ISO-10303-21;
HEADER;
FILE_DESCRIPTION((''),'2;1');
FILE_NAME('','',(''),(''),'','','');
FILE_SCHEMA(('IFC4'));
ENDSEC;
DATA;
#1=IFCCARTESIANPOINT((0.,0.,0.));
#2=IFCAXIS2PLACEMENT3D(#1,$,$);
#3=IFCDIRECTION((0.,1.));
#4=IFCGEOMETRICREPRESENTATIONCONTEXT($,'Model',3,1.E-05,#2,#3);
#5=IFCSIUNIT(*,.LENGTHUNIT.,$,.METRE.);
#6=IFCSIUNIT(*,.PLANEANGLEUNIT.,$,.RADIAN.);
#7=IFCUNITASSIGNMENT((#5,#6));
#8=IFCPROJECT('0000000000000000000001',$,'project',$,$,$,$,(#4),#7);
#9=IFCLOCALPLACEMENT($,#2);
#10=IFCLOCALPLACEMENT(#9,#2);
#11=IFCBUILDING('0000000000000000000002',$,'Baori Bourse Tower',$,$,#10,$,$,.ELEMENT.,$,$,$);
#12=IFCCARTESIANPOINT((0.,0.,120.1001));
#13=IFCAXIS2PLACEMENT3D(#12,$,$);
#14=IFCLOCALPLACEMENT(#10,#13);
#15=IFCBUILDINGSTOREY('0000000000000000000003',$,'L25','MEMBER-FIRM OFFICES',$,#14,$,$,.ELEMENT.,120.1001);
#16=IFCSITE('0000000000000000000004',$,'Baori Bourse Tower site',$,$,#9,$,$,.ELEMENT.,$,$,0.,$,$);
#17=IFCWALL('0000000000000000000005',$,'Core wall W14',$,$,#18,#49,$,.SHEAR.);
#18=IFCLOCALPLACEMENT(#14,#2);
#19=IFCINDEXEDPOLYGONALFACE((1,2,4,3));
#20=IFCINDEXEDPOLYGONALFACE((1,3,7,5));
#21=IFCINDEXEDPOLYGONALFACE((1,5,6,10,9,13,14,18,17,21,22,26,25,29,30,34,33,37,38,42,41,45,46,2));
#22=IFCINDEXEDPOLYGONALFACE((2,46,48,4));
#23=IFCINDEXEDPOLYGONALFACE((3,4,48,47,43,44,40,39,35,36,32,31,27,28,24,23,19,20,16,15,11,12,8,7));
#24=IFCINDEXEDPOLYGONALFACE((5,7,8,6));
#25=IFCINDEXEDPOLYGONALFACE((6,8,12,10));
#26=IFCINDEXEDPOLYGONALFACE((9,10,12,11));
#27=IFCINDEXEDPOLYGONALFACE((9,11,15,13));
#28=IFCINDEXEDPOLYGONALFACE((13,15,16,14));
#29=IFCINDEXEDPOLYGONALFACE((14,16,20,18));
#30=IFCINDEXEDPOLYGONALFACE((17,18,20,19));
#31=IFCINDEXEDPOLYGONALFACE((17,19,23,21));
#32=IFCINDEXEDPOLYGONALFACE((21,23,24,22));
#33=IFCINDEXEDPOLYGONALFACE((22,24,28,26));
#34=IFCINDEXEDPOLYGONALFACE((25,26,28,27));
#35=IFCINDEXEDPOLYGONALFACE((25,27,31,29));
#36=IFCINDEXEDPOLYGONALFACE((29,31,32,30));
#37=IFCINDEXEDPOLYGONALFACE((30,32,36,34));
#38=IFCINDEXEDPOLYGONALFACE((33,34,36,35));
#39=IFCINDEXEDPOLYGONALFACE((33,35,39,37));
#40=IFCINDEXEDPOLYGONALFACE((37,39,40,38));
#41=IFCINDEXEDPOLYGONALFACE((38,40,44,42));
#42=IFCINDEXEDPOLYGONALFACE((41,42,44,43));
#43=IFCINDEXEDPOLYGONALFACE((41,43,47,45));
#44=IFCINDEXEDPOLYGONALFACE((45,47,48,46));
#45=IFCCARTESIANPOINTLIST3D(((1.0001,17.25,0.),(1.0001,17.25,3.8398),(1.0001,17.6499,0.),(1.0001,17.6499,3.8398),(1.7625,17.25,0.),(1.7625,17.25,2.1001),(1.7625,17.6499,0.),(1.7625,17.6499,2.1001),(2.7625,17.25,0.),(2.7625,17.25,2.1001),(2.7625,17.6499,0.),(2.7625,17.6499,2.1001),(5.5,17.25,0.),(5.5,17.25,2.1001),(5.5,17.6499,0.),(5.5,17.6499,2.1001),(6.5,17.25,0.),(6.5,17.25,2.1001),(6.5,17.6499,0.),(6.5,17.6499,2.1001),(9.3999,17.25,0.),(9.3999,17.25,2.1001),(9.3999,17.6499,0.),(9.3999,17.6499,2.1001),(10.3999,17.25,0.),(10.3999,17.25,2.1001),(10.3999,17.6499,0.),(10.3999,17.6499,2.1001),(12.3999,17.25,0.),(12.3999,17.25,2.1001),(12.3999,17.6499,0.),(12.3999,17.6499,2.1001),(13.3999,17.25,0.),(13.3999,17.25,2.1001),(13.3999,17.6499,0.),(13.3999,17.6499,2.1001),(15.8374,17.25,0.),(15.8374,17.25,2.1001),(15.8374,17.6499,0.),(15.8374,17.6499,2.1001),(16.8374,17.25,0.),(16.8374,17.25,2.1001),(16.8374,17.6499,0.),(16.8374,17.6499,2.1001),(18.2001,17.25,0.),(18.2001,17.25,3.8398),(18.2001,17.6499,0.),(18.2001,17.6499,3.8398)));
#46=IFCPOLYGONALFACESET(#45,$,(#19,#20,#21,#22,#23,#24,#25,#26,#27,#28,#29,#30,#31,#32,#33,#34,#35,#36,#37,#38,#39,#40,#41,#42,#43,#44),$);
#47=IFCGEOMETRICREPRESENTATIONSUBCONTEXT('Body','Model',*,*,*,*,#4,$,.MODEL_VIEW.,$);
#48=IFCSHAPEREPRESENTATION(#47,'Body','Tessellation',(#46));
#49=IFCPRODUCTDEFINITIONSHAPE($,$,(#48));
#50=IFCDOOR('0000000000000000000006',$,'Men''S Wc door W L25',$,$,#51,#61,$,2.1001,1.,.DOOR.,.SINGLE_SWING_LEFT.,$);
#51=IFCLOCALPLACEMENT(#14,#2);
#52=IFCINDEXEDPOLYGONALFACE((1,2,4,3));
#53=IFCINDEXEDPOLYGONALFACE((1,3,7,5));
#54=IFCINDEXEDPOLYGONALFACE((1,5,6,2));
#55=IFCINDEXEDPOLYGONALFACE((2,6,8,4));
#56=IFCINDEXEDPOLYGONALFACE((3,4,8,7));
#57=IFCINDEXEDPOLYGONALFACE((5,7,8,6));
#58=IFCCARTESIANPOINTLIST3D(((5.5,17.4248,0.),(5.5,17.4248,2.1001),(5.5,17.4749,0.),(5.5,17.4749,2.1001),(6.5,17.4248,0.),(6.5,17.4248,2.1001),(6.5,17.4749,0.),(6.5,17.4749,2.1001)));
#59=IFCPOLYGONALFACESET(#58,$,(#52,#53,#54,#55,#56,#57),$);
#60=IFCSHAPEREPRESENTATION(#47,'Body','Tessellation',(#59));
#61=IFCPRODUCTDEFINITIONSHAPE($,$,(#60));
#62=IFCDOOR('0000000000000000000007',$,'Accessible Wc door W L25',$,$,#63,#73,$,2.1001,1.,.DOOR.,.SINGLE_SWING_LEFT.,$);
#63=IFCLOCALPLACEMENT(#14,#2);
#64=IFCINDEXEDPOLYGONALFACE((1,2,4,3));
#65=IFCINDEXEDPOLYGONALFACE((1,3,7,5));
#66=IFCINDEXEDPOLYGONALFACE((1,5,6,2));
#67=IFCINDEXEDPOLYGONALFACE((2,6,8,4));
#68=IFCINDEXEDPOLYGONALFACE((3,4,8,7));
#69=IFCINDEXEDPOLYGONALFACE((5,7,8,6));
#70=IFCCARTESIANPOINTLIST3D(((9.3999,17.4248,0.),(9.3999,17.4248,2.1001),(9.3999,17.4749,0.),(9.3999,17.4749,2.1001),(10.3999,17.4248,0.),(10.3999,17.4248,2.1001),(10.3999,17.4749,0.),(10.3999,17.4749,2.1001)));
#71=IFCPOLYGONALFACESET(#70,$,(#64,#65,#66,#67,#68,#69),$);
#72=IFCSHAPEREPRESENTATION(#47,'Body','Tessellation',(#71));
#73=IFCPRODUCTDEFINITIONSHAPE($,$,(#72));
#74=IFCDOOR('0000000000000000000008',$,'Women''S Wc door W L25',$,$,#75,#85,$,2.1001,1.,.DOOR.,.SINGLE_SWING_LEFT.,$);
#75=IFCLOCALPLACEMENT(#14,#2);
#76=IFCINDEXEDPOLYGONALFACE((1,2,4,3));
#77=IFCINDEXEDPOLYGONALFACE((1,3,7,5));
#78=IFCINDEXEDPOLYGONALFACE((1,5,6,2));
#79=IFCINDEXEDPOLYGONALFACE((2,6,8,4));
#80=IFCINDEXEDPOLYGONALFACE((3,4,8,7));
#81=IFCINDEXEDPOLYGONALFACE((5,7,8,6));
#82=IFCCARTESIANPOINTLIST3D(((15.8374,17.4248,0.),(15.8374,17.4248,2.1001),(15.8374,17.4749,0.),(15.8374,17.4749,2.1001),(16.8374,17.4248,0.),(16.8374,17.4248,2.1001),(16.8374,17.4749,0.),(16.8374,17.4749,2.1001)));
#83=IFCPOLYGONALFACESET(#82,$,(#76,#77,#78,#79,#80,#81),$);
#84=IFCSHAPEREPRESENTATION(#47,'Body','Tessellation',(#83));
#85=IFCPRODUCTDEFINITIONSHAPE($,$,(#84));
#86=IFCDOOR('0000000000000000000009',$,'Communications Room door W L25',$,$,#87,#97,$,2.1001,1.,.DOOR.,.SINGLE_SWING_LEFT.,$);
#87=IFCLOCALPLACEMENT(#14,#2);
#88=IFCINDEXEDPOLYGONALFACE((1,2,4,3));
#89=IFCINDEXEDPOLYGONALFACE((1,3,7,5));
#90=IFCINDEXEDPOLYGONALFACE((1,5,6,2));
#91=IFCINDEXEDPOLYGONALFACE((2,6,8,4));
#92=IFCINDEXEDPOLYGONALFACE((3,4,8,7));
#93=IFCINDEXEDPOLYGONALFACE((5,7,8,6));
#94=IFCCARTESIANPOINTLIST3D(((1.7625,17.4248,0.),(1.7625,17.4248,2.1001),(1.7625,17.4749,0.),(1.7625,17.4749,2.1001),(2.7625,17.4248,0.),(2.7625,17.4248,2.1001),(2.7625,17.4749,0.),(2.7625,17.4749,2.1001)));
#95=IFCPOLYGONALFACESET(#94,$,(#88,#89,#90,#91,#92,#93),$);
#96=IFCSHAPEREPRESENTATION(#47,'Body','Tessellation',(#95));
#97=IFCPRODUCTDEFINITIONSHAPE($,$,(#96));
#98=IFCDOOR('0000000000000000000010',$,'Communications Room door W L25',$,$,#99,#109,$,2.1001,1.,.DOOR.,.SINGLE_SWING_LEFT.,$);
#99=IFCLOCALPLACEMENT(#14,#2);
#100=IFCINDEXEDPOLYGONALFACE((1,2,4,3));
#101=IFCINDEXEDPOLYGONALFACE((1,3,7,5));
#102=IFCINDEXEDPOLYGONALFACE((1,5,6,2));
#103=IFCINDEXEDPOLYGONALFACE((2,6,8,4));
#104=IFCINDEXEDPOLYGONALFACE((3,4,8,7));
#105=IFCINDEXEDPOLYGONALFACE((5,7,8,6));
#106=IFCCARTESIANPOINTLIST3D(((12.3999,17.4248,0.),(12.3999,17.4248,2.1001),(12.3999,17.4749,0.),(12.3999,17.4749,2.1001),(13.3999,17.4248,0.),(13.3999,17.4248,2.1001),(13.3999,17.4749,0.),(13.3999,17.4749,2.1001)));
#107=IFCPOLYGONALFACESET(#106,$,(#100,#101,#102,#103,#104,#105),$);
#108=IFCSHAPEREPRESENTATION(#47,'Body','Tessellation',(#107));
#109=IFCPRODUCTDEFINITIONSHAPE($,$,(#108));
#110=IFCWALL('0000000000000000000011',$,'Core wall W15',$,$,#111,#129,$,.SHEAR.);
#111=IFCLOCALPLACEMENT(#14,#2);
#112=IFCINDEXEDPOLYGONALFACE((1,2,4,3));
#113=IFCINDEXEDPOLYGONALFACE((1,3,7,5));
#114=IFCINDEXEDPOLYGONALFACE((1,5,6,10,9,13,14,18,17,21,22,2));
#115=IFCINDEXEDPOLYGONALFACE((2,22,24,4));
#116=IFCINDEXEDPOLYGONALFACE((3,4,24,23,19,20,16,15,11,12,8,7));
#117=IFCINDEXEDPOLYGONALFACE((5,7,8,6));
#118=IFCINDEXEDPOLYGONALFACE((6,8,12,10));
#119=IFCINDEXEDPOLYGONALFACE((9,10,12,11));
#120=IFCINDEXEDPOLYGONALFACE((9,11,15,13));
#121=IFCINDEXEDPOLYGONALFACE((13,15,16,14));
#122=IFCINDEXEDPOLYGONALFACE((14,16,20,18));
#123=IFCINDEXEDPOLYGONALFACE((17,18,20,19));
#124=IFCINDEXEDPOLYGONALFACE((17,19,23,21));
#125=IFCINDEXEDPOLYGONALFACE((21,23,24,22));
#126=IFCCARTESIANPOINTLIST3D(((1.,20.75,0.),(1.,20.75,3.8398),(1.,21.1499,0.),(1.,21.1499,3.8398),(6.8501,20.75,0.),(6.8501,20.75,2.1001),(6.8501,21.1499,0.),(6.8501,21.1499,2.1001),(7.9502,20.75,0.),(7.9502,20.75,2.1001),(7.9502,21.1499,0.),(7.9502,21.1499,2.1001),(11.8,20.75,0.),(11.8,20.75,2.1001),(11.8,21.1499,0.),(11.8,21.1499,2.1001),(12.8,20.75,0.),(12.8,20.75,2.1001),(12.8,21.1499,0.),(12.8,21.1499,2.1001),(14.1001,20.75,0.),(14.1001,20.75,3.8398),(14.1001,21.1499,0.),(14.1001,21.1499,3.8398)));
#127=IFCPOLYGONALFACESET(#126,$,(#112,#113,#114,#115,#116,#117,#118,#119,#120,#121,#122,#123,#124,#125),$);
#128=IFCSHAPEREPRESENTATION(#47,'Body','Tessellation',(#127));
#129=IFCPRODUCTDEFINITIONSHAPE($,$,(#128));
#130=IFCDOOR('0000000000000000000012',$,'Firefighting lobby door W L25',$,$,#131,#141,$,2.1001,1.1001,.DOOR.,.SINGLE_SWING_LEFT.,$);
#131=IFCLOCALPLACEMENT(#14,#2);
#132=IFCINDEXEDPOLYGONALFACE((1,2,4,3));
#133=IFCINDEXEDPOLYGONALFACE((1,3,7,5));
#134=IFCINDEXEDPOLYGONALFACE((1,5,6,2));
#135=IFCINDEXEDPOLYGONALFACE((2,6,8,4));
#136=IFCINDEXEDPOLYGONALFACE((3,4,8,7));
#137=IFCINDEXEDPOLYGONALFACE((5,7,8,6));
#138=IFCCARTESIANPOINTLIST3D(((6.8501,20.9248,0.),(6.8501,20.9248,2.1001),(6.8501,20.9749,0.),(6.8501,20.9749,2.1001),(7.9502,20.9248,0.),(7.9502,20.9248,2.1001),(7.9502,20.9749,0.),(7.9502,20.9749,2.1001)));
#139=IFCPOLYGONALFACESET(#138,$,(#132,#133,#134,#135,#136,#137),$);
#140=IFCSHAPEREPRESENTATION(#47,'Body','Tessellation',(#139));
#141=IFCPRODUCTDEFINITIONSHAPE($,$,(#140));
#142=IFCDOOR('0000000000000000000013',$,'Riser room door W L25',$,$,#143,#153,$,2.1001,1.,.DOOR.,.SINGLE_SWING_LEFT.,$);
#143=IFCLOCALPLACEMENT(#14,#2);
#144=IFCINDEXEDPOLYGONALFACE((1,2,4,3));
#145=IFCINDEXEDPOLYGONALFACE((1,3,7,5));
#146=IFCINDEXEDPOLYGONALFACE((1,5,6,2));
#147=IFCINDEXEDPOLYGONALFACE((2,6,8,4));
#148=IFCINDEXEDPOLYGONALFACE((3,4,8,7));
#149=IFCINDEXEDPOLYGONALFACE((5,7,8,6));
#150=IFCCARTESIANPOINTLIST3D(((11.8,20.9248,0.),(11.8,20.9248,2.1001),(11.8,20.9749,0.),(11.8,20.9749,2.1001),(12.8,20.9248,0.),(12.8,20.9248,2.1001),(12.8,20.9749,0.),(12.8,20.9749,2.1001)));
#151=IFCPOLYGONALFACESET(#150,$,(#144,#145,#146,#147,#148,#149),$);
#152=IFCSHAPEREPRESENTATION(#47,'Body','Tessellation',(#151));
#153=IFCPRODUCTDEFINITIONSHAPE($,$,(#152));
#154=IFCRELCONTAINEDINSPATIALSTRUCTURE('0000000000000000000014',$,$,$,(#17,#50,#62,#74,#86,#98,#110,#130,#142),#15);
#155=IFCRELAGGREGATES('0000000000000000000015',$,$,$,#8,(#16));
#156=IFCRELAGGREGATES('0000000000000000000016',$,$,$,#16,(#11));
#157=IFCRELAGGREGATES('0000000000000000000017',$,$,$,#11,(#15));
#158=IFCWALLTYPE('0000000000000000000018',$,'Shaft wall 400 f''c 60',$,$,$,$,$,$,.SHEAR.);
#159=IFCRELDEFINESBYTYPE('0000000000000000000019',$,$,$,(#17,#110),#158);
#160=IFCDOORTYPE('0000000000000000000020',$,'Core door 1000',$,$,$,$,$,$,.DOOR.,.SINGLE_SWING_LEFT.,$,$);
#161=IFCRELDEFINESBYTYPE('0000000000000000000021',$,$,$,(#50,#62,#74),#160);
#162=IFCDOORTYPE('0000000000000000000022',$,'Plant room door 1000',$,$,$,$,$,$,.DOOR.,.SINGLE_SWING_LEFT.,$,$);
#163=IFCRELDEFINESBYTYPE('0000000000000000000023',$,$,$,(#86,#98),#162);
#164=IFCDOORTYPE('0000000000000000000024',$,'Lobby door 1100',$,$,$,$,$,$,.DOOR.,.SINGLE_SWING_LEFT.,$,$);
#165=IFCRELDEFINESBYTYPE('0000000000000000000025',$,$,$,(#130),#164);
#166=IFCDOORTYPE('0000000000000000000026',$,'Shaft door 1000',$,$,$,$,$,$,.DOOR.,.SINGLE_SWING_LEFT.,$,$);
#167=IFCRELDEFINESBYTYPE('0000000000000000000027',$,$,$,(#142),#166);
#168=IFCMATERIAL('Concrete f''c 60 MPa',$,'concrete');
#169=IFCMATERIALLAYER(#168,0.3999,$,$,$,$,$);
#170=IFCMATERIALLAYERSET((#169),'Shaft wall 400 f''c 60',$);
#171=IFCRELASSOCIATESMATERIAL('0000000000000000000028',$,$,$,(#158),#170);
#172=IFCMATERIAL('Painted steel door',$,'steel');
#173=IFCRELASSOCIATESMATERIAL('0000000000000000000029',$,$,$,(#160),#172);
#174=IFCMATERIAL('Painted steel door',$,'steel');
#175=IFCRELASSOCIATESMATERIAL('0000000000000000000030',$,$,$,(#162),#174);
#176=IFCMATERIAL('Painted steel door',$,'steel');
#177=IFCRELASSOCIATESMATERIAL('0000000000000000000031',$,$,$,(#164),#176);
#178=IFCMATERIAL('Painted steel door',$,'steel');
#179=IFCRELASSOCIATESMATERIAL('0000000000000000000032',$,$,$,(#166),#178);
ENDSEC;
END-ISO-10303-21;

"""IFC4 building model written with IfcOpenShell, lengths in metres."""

from ifc_helpers import new_model, si_unit, direction, frame, frame_2d, origin, place, context, subcontext, project, spatial, rectangle, extrude, material, layer, layer_set, type_object, element, fill, save


model = new_model("IFC4")

# Units and contexts
model_context = context("Model", 3, precision=1e-05, world=origin(), true_north=direction((0.0, 1.0)))
body_context = subcontext(model_context, "Body", "Model", "MODEL_VIEW")
ifc_project = project(units=[si_unit("LENGTHUNIT", "METRE"), si_unit("PLANEANGLEUNIT", "RADIAN")], contexts=[model_context])

# Site, building, storey
site_placement = place(None, origin())
site = spatial("IfcSite", under=ifc_project, at=site_placement, Name="Baori Bourse Tower site", CompositionType="ELEMENT", RefElevation=0.0)
building_placement = place(site_placement, origin())
building = spatial("IfcBuilding", under=site, at=building_placement, Name="Baori Bourse Tower", CompositionType="ELEMENT")
storey_placement = place(building_placement, frame((0.0, 0.0, 120.1001)))
storey = spatial("IfcBuildingStorey", under=building, at=storey_placement, Name="L25", Description="MEMBER-FIRM OFFICES", CompositionType="ELEMENT", Elevation=120.1001)

# Shared definitions
ifc_material_1 = material(Name="Concrete f'c 60 MPa", Category="concrete")
ifc_layer_1 = layer(ifc_material_1, 0.3999)
ifc_layer_set_1 = layer_set([ifc_layer_1], Name="Shaft wall 400 f'c 60")
wall_type_1 = type_object("IfcWallType", Name="Shaft wall 400 f'c 60", PredefinedType="SHEAR", material=ifc_layer_set_1)

# Walls, openings, doors
wall_1_placement = place(storey_placement, frame((1.0, 17.45, 0.0), z_axis=(0.0, 0.0, 1.0), x_axis=(1.0, 0.0, 0.0)))
wall_1 = element("IfcWall", 1, at=wall_1_placement, inside=storey, type_object=wall_type_1, Name="Core wall W14", PredefinedType="SHEAR", context=body_context, shape_type="SweptSolid", body=[
    extrude(rectangle(XDim=17.2, YDim=0.3999, at=frame_2d((8.6001, 0.0))), origin(), (0.0, 0.0, 1.0), 3.8398),
])
opening_1_placement = place(wall_1_placement, frame((0.7625, 0.0, 0.0)))
opening_1 = element("IfcOpeningElement", 2, at=opening_1_placement, cuts=wall_1, PredefinedType="OPENING", context=body_context, shape_type="SweptSolid", body=[
    extrude(rectangle(XDim=1.0, YDim=2.1001, at=frame_2d((0.5, 1.05))), frame((0.0, 0.21, 0.0), z_axis=(0.0, -1.0, 0.0), x_axis=(1.0, 0.0, 0.0)), (0.0, 0.0, 1.0), 0.4199),
])
opening_2_placement = place(wall_1_placement, frame((4.5, 0.0, 0.0)))
opening_2 = element("IfcOpeningElement", 3, at=opening_2_placement, cuts=wall_1, PredefinedType="OPENING", context=body_context, shape_type="SweptSolid", body=[
    extrude(rectangle(XDim=1.0, YDim=2.1001, at=frame_2d((0.5, 1.05))), frame((0.0, 0.21, 0.0), z_axis=(0.0, -1.0, 0.0), x_axis=(1.0, 0.0, 0.0)), (0.0, 0.0, 1.0), 0.4199),
])
opening_3_placement = place(wall_1_placement, frame((8.3999, 0.0, 0.0)))
opening_3 = element("IfcOpeningElement", 4, at=opening_3_placement, cuts=wall_1, PredefinedType="OPENING", context=body_context, shape_type="SweptSolid", body=[
    extrude(rectangle(XDim=1.0, YDim=2.1001, at=frame_2d((0.5, 1.05))), frame((0.0, 0.21, 0.0), z_axis=(0.0, -1.0, 0.0), x_axis=(1.0, 0.0, 0.0)), (0.0, 0.0, 1.0), 0.4199),
])
opening_4_placement = place(wall_1_placement, frame((11.3999, 0.0, 0.0)))
opening_4 = element("IfcOpeningElement", 5, at=opening_4_placement, cuts=wall_1, PredefinedType="OPENING", context=body_context, shape_type="SweptSolid", body=[
    extrude(rectangle(XDim=1.0, YDim=2.1001, at=frame_2d((0.5, 1.05))), frame((0.0, 0.21, 0.0), z_axis=(0.0, -1.0, 0.0), x_axis=(1.0, 0.0, 0.0)), (0.0, 0.0, 1.0), 0.4199),
])
opening_5_placement = place(wall_1_placement, frame((14.8374, 0.0, 0.0)))
opening_5 = element("IfcOpeningElement", 6, at=opening_5_placement, cuts=wall_1, PredefinedType="OPENING", context=body_context, shape_type="SweptSolid", body=[
    extrude(rectangle(XDim=1.0, YDim=2.1001, at=frame_2d((0.5, 1.05))), frame((0.0, 0.21, 0.0), z_axis=(0.0, -1.0, 0.0), x_axis=(1.0, 0.0, 0.0)), (0.0, 0.0, 1.0), 0.4199),
])
ifc_material_2 = material(Name="Painted steel door", Category="steel")
door_type_1 = type_object("IfcDoorType", Name="Core door 1000", OperationType="SINGLE_SWING_LEFT", PredefinedType="DOOR", material=ifc_material_2)
door_1_placement = place(opening_2_placement, origin())
door_1 = element("IfcDoor", 7, at=door_1_placement, inside=storey, type_object=door_type_1, Name="Men'S Wc door W L25", OperationType="SINGLE_SWING_LEFT", OverallHeight=2.1001, OverallWidth=1.0, PredefinedType="DOOR", context=body_context, shape_type="SweptSolid", body=[
    extrude(rectangle(XDim=1.0, YDim=2.1001, at=frame_2d((0.5, 1.05))), frame((0.0, 0.0249, 0.0), z_axis=(0.0, -1.0, 0.0), x_axis=(1.0, 0.0, 0.0)), (0.0, 0.0, 1.0), 0.05),
])
fill(opening_2, door_1)
door_2_placement = place(opening_3_placement, origin())
door_2 = element("IfcDoor", 8, at=door_2_placement, inside=storey, type_object=door_type_1, Name="Accessible Wc door W L25", OperationType="SINGLE_SWING_LEFT", OverallHeight=2.1001, OverallWidth=1.0, PredefinedType="DOOR", context=body_context, shape_type="SweptSolid", body=[
    extrude(rectangle(XDim=1.0, YDim=2.1001, at=frame_2d((0.5, 1.05))), frame((0.0, 0.0249, 0.0), z_axis=(0.0, -1.0, 0.0), x_axis=(1.0, 0.0, 0.0)), (0.0, 0.0, 1.0), 0.05),
])
fill(opening_3, door_2)
door_3_placement = place(opening_5_placement, origin())
door_3 = element("IfcDoor", 9, at=door_3_placement, inside=storey, type_object=door_type_1, Name="Women'S Wc door W L25", OperationType="SINGLE_SWING_LEFT", OverallHeight=2.1001, OverallWidth=1.0, PredefinedType="DOOR", context=body_context, shape_type="SweptSolid", body=[
    extrude(rectangle(XDim=1.0, YDim=2.1001, at=frame_2d((0.5, 1.05))), frame((0.0, 0.0249, 0.0), z_axis=(0.0, -1.0, 0.0), x_axis=(1.0, 0.0, 0.0)), (0.0, 0.0, 1.0), 0.05),
])
fill(opening_5, door_3)
ifc_material_3 = material(Name="Painted steel door", Category="steel")
door_type_2 = type_object("IfcDoorType", Name="Plant room door 1000", OperationType="SINGLE_SWING_LEFT", PredefinedType="DOOR", material=ifc_material_3)
door_4_placement = place(opening_1_placement, origin())
door_4 = element("IfcDoor", 10, at=door_4_placement, inside=storey, type_object=door_type_2, Name="Communications Room door W L25", OperationType="SINGLE_SWING_LEFT", OverallHeight=2.1001, OverallWidth=1.0, PredefinedType="DOOR", context=body_context, shape_type="SweptSolid", body=[
    extrude(rectangle(XDim=1.0, YDim=2.1001, at=frame_2d((0.5, 1.05))), frame((0.0, 0.0249, 0.0), z_axis=(0.0, -1.0, 0.0), x_axis=(1.0, 0.0, 0.0)), (0.0, 0.0, 1.0), 0.05),
])
fill(opening_1, door_4)
door_5_placement = place(opening_4_placement, origin())
door_5 = element("IfcDoor", 11, at=door_5_placement, inside=storey, type_object=door_type_2, Name="Communications Room door W L25", OperationType="SINGLE_SWING_LEFT", OverallHeight=2.1001, OverallWidth=1.0, PredefinedType="DOOR", context=body_context, shape_type="SweptSolid", body=[
    extrude(rectangle(XDim=1.0, YDim=2.1001, at=frame_2d((0.5, 1.05))), frame((0.0, 0.0249, 0.0), z_axis=(0.0, -1.0, 0.0), x_axis=(1.0, 0.0, 0.0)), (0.0, 0.0, 1.0), 0.05),
])
fill(opening_4, door_5)
wall_2_placement = place(storey_placement, frame((1.0, 20.95, 0.0), z_axis=(0.0, 0.0, 1.0), x_axis=(1.0, 0.0, 0.0)))
wall_2 = element("IfcWall", 12, at=wall_2_placement, inside=storey, type_object=wall_type_1, Name="Core wall W15", PredefinedType="SHEAR", context=body_context, shape_type="SweptSolid", body=[
    extrude(rectangle(XDim=13.1001, YDim=0.3999, at=frame_2d((6.55, 0.0))), origin(), (0.0, 0.0, 1.0), 3.8398),
])
opening_6_placement = place(wall_2_placement, frame((5.8501, 0.0, 0.0)))
opening_6 = element("IfcOpeningElement", 13, at=opening_6_placement, cuts=wall_2, PredefinedType="OPENING", context=body_context, shape_type="SweptSolid", body=[
    extrude(rectangle(XDim=1.1001, YDim=2.1001, at=frame_2d((0.55, 1.05))), frame((0.0, 0.21, 0.0), z_axis=(0.0, -1.0, 0.0), x_axis=(1.0, 0.0, 0.0)), (0.0, 0.0, 1.0), 0.4199),
])
opening_7_placement = place(wall_2_placement, frame((10.8, 0.0, 0.0)))
opening_7 = element("IfcOpeningElement", 14, at=opening_7_placement, cuts=wall_2, PredefinedType="OPENING", context=body_context, shape_type="SweptSolid", body=[
    extrude(rectangle(XDim=1.0, YDim=2.1001, at=frame_2d((0.5, 1.05))), frame((0.0, 0.21, 0.0), z_axis=(0.0, -1.0, 0.0), x_axis=(1.0, 0.0, 0.0)), (0.0, 0.0, 1.0), 0.4199),
])
ifc_material_4 = material(Name="Painted steel door", Category="steel")
door_type_3 = type_object("IfcDoorType", Name="Lobby door 1100", OperationType="SINGLE_SWING_LEFT", PredefinedType="DOOR", material=ifc_material_4)
door_6_placement = place(opening_6_placement, origin())
door_6 = element("IfcDoor", 15, at=door_6_placement, inside=storey, type_object=door_type_3, Name="Firefighting lobby door W L25", OperationType="SINGLE_SWING_LEFT", OverallHeight=2.1001, OverallWidth=1.1001, PredefinedType="DOOR", context=body_context, shape_type="SweptSolid", body=[
    extrude(rectangle(XDim=1.1001, YDim=2.1001, at=frame_2d((0.55, 1.05))), frame((0.0, 0.0249, 0.0), z_axis=(0.0, -1.0, 0.0), x_axis=(1.0, 0.0, 0.0)), (0.0, 0.0, 1.0), 0.05),
])
fill(opening_6, door_6)
ifc_material_5 = material(Name="Painted steel door", Category="steel")
door_type_4 = type_object("IfcDoorType", Name="Shaft door 1000", OperationType="SINGLE_SWING_LEFT", PredefinedType="DOOR", material=ifc_material_5)
door_7_placement = place(opening_7_placement, origin())
door_7 = element("IfcDoor", 16, at=door_7_placement, inside=storey, type_object=door_type_4, Name="Riser room door W L25", OperationType="SINGLE_SWING_LEFT", OverallHeight=2.1001, OverallWidth=1.0, PredefinedType="DOOR", context=body_context, shape_type="SweptSolid", body=[
    extrude(rectangle(XDim=1.0, YDim=2.1001, at=frame_2d((0.5, 1.05))), frame((0.0, 0.0249, 0.0), z_axis=(0.0, -1.0, 0.0), x_axis=(1.0, 0.0, 0.0)), (0.0, 0.0, 1.0), 0.05),
])
fill(opening_7, door_7)

save(model, "model.ifc")
